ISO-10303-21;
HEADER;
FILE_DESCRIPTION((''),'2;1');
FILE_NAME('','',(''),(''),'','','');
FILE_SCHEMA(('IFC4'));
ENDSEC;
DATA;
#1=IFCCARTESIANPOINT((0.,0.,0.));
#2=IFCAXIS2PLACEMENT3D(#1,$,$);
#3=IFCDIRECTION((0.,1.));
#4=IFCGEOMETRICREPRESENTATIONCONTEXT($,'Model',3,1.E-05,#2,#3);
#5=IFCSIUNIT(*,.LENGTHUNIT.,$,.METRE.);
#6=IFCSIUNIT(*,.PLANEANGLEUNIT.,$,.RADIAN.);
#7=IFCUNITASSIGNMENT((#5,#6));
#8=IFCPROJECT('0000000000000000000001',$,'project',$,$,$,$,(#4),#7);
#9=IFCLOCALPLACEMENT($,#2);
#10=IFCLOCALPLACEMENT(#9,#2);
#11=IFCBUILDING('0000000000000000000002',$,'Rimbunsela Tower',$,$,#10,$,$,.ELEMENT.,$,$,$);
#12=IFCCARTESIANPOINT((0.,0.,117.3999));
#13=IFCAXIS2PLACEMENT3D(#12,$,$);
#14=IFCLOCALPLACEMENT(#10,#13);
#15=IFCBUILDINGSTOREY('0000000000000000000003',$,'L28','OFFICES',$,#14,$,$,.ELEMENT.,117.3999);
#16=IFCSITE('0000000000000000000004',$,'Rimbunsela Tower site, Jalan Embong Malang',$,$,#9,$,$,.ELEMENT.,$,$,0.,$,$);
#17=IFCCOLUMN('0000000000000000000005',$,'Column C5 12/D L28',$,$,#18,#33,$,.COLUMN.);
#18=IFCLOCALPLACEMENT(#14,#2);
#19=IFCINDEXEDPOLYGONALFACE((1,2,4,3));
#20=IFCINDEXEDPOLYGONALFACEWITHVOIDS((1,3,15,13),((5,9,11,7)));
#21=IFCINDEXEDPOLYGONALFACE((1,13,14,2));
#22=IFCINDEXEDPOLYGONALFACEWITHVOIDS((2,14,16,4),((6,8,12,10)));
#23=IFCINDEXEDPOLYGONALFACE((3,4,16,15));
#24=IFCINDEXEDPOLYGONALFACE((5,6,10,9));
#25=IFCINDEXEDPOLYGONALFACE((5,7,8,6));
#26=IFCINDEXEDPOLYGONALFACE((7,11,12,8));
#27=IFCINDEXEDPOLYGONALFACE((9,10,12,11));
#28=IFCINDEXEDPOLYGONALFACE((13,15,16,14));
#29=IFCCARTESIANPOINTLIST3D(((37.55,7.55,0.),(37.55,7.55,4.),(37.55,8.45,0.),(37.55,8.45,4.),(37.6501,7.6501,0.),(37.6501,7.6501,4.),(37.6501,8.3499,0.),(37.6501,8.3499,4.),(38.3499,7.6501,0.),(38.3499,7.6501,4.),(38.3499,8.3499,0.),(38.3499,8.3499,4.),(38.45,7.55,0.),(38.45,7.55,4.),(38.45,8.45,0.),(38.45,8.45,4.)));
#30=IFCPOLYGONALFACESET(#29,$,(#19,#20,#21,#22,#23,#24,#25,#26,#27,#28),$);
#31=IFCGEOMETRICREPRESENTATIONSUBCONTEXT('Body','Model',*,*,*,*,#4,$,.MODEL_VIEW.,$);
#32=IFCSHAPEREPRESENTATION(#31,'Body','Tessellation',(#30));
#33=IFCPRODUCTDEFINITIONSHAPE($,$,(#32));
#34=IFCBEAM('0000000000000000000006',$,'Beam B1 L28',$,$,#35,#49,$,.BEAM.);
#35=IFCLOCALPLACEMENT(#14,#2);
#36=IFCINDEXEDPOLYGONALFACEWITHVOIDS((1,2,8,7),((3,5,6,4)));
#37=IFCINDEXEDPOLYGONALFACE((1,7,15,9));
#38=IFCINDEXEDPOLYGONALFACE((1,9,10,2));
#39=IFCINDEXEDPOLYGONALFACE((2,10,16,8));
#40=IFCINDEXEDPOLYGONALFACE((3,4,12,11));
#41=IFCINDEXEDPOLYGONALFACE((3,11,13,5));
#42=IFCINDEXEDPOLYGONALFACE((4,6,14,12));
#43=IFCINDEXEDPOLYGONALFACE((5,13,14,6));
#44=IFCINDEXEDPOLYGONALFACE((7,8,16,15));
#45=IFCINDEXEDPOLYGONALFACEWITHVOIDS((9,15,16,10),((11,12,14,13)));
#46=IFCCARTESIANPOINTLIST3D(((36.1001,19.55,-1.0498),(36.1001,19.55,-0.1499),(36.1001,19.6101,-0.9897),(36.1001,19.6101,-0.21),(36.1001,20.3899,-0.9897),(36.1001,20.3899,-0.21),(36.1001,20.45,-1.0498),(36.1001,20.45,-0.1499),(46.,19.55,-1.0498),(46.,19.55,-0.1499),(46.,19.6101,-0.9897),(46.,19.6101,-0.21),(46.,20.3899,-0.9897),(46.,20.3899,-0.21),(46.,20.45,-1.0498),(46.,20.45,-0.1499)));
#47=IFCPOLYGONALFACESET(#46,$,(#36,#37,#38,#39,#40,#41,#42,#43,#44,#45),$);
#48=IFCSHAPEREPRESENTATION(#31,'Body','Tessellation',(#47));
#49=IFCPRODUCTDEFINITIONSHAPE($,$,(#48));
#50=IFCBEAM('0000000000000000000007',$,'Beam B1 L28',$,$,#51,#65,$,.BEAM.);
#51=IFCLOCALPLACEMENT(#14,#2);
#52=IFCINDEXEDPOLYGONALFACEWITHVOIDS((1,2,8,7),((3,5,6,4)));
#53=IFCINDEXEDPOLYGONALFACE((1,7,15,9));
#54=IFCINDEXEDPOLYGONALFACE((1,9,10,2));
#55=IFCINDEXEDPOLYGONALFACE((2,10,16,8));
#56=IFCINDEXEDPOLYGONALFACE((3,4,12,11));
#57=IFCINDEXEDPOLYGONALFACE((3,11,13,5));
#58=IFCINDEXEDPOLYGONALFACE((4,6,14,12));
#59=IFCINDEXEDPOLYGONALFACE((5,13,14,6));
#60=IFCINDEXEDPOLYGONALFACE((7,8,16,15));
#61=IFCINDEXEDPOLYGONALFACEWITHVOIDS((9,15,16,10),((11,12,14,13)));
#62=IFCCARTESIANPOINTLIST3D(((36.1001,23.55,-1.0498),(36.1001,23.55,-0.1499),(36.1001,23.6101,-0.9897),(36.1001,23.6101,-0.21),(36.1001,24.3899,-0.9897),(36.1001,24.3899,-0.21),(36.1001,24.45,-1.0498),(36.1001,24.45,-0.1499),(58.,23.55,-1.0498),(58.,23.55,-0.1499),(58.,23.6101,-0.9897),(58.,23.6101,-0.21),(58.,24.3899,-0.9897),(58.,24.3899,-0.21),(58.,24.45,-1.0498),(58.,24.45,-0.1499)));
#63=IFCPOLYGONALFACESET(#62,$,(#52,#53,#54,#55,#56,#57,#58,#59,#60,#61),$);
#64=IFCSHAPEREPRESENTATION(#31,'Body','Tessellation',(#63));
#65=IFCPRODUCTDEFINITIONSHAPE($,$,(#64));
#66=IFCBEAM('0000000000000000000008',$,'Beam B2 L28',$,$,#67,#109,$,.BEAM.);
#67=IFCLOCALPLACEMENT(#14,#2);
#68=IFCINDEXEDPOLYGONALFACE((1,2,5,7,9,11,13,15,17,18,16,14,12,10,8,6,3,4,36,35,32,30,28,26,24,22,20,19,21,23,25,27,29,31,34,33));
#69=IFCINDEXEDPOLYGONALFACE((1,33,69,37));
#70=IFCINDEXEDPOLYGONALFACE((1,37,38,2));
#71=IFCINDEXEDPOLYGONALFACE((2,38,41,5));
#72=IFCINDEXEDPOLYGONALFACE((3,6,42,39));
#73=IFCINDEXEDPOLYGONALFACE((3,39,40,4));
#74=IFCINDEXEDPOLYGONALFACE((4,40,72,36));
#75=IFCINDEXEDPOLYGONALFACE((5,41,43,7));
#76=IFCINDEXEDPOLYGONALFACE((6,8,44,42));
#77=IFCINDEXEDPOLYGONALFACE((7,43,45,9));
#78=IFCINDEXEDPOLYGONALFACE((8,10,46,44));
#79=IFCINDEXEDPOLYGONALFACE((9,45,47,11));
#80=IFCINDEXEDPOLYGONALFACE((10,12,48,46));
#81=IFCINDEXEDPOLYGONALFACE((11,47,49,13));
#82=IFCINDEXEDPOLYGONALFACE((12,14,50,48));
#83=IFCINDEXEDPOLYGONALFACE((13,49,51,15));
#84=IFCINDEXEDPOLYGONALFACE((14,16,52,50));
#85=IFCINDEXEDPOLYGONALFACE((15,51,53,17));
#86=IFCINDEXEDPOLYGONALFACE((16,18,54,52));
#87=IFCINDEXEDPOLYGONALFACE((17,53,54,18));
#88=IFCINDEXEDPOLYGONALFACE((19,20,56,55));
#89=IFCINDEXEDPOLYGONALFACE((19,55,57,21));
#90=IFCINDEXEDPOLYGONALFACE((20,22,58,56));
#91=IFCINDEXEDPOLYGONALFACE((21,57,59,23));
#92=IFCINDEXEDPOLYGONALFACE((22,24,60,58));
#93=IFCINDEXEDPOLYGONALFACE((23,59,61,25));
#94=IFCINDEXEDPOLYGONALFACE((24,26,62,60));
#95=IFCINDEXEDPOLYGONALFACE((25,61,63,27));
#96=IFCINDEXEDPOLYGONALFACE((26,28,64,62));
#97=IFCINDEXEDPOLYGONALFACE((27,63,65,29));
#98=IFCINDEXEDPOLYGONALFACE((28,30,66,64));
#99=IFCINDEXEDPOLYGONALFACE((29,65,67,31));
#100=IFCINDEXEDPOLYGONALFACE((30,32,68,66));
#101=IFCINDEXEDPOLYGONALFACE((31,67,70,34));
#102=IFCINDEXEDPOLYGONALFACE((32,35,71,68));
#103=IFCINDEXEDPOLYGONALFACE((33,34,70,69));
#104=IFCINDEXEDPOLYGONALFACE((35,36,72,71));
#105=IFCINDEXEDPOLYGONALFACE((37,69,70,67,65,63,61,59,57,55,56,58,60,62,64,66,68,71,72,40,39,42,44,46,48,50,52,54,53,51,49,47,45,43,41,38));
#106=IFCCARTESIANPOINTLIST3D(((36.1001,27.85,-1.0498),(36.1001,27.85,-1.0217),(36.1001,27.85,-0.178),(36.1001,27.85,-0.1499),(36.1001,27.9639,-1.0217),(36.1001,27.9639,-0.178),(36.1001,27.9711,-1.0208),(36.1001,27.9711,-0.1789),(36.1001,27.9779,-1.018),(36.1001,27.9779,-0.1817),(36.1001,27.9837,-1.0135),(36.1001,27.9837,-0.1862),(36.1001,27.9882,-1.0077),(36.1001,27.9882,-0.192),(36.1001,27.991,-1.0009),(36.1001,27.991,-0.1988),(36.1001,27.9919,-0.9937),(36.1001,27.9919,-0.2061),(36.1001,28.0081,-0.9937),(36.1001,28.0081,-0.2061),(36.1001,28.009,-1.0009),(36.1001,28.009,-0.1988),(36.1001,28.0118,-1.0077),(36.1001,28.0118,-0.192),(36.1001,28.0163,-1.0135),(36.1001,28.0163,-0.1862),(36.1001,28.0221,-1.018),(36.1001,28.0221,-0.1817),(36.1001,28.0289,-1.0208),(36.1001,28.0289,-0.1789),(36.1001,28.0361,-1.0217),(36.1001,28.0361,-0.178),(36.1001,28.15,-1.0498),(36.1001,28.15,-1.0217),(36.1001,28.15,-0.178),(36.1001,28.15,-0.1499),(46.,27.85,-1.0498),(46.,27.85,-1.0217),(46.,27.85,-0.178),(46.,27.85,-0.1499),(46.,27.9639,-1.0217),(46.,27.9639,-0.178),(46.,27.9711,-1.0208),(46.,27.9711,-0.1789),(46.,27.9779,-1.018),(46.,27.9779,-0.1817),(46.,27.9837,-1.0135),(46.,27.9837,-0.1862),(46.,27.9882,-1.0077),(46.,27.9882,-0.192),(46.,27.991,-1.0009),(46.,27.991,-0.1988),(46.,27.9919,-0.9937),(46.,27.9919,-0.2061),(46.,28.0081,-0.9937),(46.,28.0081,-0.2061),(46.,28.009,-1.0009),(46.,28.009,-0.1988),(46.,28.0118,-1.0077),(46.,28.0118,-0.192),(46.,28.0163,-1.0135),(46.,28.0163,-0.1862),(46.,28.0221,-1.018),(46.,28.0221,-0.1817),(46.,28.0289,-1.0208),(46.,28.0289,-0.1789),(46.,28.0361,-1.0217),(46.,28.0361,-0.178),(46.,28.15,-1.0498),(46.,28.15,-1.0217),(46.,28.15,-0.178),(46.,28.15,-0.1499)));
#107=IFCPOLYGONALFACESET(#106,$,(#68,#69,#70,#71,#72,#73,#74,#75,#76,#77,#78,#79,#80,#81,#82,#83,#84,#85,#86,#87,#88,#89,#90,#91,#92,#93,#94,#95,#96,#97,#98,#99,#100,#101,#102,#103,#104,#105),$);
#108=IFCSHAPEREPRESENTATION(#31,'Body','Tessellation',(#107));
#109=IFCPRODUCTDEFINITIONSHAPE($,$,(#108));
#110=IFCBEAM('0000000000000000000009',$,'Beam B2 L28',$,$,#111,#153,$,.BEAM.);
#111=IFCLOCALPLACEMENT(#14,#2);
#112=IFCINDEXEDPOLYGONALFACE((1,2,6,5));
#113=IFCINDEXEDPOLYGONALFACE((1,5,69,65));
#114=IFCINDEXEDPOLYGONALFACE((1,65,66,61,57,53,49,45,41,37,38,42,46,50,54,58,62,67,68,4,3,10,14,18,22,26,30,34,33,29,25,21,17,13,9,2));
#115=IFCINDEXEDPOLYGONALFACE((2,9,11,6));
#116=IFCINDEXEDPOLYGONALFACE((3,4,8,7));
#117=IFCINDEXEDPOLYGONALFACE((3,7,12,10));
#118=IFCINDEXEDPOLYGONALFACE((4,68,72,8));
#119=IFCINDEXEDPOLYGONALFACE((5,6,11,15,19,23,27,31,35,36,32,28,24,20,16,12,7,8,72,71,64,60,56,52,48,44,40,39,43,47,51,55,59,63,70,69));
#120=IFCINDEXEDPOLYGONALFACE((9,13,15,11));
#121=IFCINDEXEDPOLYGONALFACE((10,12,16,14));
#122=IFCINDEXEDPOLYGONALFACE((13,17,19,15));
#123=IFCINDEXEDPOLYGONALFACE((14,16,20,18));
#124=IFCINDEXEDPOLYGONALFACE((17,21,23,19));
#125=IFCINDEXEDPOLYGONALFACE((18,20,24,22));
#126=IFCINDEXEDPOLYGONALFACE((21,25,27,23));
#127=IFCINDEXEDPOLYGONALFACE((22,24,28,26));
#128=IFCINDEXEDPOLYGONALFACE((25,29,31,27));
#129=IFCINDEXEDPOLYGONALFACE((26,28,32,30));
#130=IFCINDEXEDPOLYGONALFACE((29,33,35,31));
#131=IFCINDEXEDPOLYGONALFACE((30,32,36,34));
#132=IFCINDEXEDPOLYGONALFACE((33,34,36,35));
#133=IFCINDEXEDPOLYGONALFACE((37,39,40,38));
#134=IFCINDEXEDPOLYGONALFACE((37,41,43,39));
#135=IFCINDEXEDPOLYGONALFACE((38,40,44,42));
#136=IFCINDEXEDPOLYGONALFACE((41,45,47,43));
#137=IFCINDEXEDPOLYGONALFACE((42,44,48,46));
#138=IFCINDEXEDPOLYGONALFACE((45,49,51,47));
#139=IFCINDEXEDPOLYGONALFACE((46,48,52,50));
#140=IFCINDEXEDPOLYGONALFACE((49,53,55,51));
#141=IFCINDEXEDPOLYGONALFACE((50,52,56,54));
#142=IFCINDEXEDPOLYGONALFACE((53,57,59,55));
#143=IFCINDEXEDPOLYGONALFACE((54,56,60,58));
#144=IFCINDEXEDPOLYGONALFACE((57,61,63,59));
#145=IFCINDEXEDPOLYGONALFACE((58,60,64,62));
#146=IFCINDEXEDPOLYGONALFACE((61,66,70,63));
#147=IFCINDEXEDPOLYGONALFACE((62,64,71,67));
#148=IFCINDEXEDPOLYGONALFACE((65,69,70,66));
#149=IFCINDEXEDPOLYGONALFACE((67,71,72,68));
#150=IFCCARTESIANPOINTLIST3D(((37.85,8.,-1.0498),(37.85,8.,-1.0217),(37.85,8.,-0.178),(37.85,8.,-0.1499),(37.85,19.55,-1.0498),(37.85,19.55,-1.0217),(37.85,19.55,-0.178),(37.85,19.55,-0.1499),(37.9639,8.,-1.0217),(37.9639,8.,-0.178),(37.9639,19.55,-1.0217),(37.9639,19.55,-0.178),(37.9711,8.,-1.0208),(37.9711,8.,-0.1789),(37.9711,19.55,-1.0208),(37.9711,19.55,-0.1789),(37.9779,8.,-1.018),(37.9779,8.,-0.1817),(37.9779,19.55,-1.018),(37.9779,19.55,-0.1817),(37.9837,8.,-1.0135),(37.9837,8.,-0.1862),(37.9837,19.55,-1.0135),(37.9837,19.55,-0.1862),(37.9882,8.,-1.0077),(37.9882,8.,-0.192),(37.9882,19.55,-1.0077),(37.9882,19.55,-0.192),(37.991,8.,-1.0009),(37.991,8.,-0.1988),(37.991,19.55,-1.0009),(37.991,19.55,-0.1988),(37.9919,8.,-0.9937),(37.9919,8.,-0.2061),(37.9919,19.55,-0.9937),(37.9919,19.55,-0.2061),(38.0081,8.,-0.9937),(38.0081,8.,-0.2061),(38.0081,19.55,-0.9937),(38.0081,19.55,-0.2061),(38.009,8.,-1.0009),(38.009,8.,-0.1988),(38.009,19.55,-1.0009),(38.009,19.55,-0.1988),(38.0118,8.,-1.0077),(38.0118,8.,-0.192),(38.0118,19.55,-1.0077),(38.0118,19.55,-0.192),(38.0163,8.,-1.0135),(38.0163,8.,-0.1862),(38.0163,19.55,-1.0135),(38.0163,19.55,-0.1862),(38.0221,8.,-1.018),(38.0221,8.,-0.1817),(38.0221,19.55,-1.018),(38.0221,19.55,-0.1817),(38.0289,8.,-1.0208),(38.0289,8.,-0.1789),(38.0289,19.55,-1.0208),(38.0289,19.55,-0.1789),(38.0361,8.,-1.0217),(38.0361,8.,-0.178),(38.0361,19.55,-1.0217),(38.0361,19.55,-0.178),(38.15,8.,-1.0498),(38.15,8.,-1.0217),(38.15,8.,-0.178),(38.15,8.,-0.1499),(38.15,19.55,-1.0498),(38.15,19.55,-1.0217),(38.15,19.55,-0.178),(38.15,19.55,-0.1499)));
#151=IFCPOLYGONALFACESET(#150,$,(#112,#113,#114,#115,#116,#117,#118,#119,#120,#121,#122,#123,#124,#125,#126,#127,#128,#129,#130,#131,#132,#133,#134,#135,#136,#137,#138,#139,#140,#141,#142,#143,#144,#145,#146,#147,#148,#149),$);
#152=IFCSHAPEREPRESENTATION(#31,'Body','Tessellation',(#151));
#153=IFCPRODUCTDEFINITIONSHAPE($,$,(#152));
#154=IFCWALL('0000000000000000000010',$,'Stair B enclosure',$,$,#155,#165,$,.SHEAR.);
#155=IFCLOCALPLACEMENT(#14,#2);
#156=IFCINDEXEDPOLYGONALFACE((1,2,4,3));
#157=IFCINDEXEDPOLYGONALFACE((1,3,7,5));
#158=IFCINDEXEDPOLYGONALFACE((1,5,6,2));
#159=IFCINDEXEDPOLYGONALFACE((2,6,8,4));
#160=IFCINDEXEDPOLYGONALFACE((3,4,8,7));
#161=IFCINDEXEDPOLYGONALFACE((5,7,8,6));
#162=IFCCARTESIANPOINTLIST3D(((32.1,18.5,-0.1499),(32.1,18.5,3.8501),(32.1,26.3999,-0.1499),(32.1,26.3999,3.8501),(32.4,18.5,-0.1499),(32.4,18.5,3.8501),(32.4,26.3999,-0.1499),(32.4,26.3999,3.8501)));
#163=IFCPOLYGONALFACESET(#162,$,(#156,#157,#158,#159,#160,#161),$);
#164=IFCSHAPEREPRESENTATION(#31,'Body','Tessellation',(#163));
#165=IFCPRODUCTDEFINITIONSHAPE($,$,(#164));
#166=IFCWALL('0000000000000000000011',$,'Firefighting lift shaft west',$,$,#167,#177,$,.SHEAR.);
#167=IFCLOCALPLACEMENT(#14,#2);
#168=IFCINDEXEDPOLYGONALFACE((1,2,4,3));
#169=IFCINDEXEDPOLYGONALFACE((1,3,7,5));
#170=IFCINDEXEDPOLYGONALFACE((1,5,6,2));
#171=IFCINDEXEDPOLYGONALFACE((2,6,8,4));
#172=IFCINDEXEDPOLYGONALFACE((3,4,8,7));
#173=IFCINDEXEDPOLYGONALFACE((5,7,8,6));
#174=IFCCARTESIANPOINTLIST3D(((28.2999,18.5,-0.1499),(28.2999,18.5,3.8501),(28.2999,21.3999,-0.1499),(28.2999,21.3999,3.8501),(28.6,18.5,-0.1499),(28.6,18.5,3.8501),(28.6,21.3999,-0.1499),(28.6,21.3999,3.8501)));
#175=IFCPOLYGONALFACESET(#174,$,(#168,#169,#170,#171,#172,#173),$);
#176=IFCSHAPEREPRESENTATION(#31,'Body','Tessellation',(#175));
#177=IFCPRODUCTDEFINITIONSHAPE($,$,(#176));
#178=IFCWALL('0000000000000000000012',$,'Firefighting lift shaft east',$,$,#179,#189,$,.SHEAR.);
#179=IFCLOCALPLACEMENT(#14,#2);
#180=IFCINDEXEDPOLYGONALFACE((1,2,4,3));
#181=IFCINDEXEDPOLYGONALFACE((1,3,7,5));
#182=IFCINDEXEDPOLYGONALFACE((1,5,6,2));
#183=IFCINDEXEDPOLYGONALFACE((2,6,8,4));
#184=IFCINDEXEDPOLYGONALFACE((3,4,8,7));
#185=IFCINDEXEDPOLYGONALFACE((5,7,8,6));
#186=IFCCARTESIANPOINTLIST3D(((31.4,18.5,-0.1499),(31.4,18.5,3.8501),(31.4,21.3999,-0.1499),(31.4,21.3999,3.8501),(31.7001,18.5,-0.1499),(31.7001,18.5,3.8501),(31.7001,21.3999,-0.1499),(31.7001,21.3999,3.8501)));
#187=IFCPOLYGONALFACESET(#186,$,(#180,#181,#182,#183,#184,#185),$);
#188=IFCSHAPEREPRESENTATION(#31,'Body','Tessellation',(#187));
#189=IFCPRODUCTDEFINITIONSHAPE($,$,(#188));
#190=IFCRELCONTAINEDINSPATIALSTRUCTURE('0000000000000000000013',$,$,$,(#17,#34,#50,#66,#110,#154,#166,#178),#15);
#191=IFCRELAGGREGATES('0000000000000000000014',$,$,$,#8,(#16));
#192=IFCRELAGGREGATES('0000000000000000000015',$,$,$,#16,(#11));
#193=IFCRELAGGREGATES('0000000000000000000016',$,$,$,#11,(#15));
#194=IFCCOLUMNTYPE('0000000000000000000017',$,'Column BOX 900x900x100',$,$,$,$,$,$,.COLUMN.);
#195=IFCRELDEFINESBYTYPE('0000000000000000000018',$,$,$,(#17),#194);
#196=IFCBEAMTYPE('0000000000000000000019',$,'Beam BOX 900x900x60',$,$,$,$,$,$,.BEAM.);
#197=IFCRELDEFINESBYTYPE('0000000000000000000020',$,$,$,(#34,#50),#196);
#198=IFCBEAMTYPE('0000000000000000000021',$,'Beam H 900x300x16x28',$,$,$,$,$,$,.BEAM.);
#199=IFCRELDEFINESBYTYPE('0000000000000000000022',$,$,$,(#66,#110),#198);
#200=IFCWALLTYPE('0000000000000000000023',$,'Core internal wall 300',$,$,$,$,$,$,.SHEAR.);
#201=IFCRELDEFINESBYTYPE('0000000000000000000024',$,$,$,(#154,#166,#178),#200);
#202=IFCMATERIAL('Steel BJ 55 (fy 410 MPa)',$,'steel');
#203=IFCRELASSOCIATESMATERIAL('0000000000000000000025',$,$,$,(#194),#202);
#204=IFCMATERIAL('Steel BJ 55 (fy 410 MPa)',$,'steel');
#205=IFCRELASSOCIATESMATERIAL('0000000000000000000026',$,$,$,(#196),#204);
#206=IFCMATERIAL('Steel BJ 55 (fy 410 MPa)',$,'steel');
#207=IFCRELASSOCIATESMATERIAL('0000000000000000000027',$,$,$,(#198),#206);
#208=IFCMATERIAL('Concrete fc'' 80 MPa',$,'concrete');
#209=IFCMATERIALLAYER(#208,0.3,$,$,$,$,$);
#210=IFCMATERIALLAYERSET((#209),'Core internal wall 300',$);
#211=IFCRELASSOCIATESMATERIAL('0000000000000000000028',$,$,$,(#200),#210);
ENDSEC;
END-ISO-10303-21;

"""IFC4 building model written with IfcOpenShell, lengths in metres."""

from ifc_helpers import new_model, si_unit, direction, frame, frame_2d, origin, origin_2d, place, context, subcontext, project, spatial, rectangle, hollow_rectangle, i_section, extrude, material, layer, layer_set, material_profile, profile_set, type_object, element, save


model = new_model("IFC4")

# Units and contexts
model_context = context("Model", 3, precision=1e-05, world=origin(), true_north=direction((0.0, 1.0)))
body_context = subcontext(model_context, "Body", "Model", "MODEL_VIEW")
ifc_project = project(units=[si_unit("LENGTHUNIT", "METRE"), si_unit("PLANEANGLEUNIT", "RADIAN")], contexts=[model_context])

# Site, building, storey
site_placement = place(None, origin())
site = spatial("IfcSite", under=ifc_project, at=site_placement, Name="Rimbunsela Tower site, Jalan Embong Malang", CompositionType="ELEMENT", RefElevation=0.0)
building_placement = place(site_placement, origin())
building = spatial("IfcBuilding", under=site, at=building_placement, Name="Rimbunsela Tower", CompositionType="ELEMENT")
storey_placement = place(building_placement, frame((0.0, 0.0, 117.3999)))
storey = spatial("IfcBuildingStorey", under=building, at=storey_placement, Name="L28", Description="OFFICES", CompositionType="ELEMENT", Elevation=117.3999)

# Column
ifc_material_1 = material(Name="Steel BJ 55 (fy 410 MPa)", Category="steel")
ifc_material_profile_1 = material_profile(ifc_material_1, hollow_rectangle(XDim=0.8999, YDim=0.8999, WallThickness=0.1001, at=origin_2d()), Name="BOX 900x900x100")
ifc_profile_set_1 = profile_set([ifc_material_profile_1], Name="Steel BJ 55 (fy 410 MPa)")
column_type = type_object("IfcColumnType", Name="Column BOX 900x900x100", PredefinedType="COLUMN", material=ifc_profile_set_1)
column_placement = place(storey_placement, frame((38.0, 8.0, 0.0), z_axis=(0.0, 0.0, 1.0), x_axis=(1.0, 0.0, 0.0)))
element("IfcColumn", 1, at=column_placement, inside=storey, type_object=column_type, Name="Column C5 12/D L28", PredefinedType="COLUMN", context=body_context, shape_type="SweptSolid", body=[
    extrude(hollow_rectangle(XDim=0.8999, YDim=0.8999, WallThickness=0.1001, at=origin_2d()), origin(), (0.0, 0.0, 1.0), 4.0),
])

# Beams
ifc_material_2 = material(Name="Steel BJ 55 (fy 410 MPa)", Category="steel")
ifc_material_profile_2 = material_profile(ifc_material_2, hollow_rectangle(XDim=0.8999, YDim=0.8999, WallThickness=0.0601, at=origin_2d()), Name="BOX 900x900x60")
ifc_profile_set_2 = profile_set([ifc_material_profile_2], Name="Steel BJ 55 (fy 410 MPa)")
beam_type_1 = type_object("IfcBeamType", Name="Beam BOX 900x900x60", PredefinedType="BEAM", material=ifc_profile_set_2)
beam_1_placement = place(storey_placement, frame((36.1001, 20.0, -0.5999), z_axis=(1.0, 0.0, 0.0), x_axis=(0.0, 1.0, 0.0)))
element("IfcBeam", 2, at=beam_1_placement, inside=storey, type_object=beam_type_1, Name="Beam B1 L28", PredefinedType="BEAM", context=body_context, shape_type="SweptSolid", body=[
    extrude(hollow_rectangle(XDim=0.8999, YDim=0.8999, WallThickness=0.0601, at=origin_2d()), origin(), (0.0, 0.0, 1.0), 9.8999),
])
beam_2_placement = place(storey_placement, frame((36.1001, 24.0, -0.5999), z_axis=(1.0, 0.0, 0.0), x_axis=(0.0, 1.0, 0.0)))
element("IfcBeam", 3, at=beam_2_placement, inside=storey, type_object=beam_type_1, Name="Beam B1 L28", PredefinedType="BEAM", context=body_context, shape_type="SweptSolid", body=[
    extrude(hollow_rectangle(XDim=0.8999, YDim=0.8999, WallThickness=0.0601, at=origin_2d()), origin(), (0.0, 0.0, 1.0), 21.8999),
])
ifc_material_3 = material(Name="Steel BJ 55 (fy 410 MPa)", Category="steel")
ifc_material_profile_3 = material_profile(ifc_material_3, i_section(OverallWidth=0.3, OverallDepth=0.8999, WebThickness=0.0161, FlangeThickness=0.0281, FilletRadius=0.0281, at=origin_2d()), Name="H 900x300x16x28")
ifc_profile_set_3 = profile_set([ifc_material_profile_3], Name="Steel BJ 55 (fy 410 MPa)")
beam_type_2 = type_object("IfcBeamType", Name="Beam H 900x300x16x28", PredefinedType="BEAM", material=ifc_profile_set_3)
beam_3_placement = place(storey_placement, frame((36.1001, 28.0, -0.5999), z_axis=(1.0, 0.0, 0.0), x_axis=(0.0, 1.0, 0.0)))
element("IfcBeam", 4, at=beam_3_placement, inside=storey, type_object=beam_type_2, Name="Beam B2 L28", PredefinedType="BEAM", context=body_context, shape_type="SweptSolid", body=[
    extrude(i_section(OverallWidth=0.3, OverallDepth=0.8999, WebThickness=0.0161, FlangeThickness=0.0281, FilletRadius=0.0281, at=origin_2d()), origin(), (0.0, 0.0, 1.0), 9.8999),
])
beam_4_placement = place(storey_placement, frame((38.0, 8.0, -0.5999), z_axis=(0.0, 1.0, 0.0), x_axis=(-1.0, 0.0, 0.0)))
element("IfcBeam", 5, at=beam_4_placement, inside=storey, type_object=beam_type_2, Name="Beam B2 L28", PredefinedType="BEAM", context=body_context, shape_type="SweptSolid", body=[
    extrude(i_section(OverallWidth=0.3, OverallDepth=0.8999, WebThickness=0.0161, FlangeThickness=0.0281, FilletRadius=0.0281, at=origin_2d()), origin(), (0.0, 0.0, 1.0), 11.55),
])

# Walls
ifc_material_4 = material(Name="Concrete fc' 80 MPa", Category="concrete")
ifc_layer_1 = layer(ifc_material_4, 0.3)
ifc_layer_set_1 = layer_set([ifc_layer_1], Name="Core internal wall 300")
wall_type_1 = type_object("IfcWallType", Name="Core internal wall 300", PredefinedType="SHEAR", material=ifc_layer_set_1)
wall_1_placement = place(storey_placement, frame((32.25, 18.5, -0.1499), z_axis=(0.0, 0.0, 1.0), x_axis=(0.0, 1.0, 0.0)))
element("IfcWall", 6, at=wall_1_placement, inside=storey, type_object=wall_type_1, Name="Stair B enclosure", PredefinedType="SHEAR", context=body_context, shape_type="SweptSolid", body=[
    extrude(rectangle(XDim=7.8999, YDim=0.3, at=frame_2d((3.95, 0.0))), origin(), (0.0, 0.0, 1.0), 4.0),
])
for number, where, z_axis, x_axis, name in (
    (7, (28.45, 18.5, -0.1499), (0.0, 0.0, 1.0), (0.0, 1.0, 0.0), "Firefighting lift shaft west"),
    (8, (31.55, 18.5, -0.1499), (0.0, 0.0, 1.0), (0.0, 1.0, 0.0), "Firefighting lift shaft east"),
):
    element("IfcWall", number, at=place(storey_placement, frame(where, z_axis=z_axis, x_axis=x_axis)), inside=storey, type_object=wall_type_1, Name=name, PredefinedType="SHEAR", context=body_context, shape_type="SweptSolid", body=[
        extrude(rectangle(XDim=2.8999, YDim=0.3, at=frame_2d((1.45, 0.0))), origin(), (0.0, 0.0, 1.0), 4.0),
    ])

save(model, "model.ifc")
